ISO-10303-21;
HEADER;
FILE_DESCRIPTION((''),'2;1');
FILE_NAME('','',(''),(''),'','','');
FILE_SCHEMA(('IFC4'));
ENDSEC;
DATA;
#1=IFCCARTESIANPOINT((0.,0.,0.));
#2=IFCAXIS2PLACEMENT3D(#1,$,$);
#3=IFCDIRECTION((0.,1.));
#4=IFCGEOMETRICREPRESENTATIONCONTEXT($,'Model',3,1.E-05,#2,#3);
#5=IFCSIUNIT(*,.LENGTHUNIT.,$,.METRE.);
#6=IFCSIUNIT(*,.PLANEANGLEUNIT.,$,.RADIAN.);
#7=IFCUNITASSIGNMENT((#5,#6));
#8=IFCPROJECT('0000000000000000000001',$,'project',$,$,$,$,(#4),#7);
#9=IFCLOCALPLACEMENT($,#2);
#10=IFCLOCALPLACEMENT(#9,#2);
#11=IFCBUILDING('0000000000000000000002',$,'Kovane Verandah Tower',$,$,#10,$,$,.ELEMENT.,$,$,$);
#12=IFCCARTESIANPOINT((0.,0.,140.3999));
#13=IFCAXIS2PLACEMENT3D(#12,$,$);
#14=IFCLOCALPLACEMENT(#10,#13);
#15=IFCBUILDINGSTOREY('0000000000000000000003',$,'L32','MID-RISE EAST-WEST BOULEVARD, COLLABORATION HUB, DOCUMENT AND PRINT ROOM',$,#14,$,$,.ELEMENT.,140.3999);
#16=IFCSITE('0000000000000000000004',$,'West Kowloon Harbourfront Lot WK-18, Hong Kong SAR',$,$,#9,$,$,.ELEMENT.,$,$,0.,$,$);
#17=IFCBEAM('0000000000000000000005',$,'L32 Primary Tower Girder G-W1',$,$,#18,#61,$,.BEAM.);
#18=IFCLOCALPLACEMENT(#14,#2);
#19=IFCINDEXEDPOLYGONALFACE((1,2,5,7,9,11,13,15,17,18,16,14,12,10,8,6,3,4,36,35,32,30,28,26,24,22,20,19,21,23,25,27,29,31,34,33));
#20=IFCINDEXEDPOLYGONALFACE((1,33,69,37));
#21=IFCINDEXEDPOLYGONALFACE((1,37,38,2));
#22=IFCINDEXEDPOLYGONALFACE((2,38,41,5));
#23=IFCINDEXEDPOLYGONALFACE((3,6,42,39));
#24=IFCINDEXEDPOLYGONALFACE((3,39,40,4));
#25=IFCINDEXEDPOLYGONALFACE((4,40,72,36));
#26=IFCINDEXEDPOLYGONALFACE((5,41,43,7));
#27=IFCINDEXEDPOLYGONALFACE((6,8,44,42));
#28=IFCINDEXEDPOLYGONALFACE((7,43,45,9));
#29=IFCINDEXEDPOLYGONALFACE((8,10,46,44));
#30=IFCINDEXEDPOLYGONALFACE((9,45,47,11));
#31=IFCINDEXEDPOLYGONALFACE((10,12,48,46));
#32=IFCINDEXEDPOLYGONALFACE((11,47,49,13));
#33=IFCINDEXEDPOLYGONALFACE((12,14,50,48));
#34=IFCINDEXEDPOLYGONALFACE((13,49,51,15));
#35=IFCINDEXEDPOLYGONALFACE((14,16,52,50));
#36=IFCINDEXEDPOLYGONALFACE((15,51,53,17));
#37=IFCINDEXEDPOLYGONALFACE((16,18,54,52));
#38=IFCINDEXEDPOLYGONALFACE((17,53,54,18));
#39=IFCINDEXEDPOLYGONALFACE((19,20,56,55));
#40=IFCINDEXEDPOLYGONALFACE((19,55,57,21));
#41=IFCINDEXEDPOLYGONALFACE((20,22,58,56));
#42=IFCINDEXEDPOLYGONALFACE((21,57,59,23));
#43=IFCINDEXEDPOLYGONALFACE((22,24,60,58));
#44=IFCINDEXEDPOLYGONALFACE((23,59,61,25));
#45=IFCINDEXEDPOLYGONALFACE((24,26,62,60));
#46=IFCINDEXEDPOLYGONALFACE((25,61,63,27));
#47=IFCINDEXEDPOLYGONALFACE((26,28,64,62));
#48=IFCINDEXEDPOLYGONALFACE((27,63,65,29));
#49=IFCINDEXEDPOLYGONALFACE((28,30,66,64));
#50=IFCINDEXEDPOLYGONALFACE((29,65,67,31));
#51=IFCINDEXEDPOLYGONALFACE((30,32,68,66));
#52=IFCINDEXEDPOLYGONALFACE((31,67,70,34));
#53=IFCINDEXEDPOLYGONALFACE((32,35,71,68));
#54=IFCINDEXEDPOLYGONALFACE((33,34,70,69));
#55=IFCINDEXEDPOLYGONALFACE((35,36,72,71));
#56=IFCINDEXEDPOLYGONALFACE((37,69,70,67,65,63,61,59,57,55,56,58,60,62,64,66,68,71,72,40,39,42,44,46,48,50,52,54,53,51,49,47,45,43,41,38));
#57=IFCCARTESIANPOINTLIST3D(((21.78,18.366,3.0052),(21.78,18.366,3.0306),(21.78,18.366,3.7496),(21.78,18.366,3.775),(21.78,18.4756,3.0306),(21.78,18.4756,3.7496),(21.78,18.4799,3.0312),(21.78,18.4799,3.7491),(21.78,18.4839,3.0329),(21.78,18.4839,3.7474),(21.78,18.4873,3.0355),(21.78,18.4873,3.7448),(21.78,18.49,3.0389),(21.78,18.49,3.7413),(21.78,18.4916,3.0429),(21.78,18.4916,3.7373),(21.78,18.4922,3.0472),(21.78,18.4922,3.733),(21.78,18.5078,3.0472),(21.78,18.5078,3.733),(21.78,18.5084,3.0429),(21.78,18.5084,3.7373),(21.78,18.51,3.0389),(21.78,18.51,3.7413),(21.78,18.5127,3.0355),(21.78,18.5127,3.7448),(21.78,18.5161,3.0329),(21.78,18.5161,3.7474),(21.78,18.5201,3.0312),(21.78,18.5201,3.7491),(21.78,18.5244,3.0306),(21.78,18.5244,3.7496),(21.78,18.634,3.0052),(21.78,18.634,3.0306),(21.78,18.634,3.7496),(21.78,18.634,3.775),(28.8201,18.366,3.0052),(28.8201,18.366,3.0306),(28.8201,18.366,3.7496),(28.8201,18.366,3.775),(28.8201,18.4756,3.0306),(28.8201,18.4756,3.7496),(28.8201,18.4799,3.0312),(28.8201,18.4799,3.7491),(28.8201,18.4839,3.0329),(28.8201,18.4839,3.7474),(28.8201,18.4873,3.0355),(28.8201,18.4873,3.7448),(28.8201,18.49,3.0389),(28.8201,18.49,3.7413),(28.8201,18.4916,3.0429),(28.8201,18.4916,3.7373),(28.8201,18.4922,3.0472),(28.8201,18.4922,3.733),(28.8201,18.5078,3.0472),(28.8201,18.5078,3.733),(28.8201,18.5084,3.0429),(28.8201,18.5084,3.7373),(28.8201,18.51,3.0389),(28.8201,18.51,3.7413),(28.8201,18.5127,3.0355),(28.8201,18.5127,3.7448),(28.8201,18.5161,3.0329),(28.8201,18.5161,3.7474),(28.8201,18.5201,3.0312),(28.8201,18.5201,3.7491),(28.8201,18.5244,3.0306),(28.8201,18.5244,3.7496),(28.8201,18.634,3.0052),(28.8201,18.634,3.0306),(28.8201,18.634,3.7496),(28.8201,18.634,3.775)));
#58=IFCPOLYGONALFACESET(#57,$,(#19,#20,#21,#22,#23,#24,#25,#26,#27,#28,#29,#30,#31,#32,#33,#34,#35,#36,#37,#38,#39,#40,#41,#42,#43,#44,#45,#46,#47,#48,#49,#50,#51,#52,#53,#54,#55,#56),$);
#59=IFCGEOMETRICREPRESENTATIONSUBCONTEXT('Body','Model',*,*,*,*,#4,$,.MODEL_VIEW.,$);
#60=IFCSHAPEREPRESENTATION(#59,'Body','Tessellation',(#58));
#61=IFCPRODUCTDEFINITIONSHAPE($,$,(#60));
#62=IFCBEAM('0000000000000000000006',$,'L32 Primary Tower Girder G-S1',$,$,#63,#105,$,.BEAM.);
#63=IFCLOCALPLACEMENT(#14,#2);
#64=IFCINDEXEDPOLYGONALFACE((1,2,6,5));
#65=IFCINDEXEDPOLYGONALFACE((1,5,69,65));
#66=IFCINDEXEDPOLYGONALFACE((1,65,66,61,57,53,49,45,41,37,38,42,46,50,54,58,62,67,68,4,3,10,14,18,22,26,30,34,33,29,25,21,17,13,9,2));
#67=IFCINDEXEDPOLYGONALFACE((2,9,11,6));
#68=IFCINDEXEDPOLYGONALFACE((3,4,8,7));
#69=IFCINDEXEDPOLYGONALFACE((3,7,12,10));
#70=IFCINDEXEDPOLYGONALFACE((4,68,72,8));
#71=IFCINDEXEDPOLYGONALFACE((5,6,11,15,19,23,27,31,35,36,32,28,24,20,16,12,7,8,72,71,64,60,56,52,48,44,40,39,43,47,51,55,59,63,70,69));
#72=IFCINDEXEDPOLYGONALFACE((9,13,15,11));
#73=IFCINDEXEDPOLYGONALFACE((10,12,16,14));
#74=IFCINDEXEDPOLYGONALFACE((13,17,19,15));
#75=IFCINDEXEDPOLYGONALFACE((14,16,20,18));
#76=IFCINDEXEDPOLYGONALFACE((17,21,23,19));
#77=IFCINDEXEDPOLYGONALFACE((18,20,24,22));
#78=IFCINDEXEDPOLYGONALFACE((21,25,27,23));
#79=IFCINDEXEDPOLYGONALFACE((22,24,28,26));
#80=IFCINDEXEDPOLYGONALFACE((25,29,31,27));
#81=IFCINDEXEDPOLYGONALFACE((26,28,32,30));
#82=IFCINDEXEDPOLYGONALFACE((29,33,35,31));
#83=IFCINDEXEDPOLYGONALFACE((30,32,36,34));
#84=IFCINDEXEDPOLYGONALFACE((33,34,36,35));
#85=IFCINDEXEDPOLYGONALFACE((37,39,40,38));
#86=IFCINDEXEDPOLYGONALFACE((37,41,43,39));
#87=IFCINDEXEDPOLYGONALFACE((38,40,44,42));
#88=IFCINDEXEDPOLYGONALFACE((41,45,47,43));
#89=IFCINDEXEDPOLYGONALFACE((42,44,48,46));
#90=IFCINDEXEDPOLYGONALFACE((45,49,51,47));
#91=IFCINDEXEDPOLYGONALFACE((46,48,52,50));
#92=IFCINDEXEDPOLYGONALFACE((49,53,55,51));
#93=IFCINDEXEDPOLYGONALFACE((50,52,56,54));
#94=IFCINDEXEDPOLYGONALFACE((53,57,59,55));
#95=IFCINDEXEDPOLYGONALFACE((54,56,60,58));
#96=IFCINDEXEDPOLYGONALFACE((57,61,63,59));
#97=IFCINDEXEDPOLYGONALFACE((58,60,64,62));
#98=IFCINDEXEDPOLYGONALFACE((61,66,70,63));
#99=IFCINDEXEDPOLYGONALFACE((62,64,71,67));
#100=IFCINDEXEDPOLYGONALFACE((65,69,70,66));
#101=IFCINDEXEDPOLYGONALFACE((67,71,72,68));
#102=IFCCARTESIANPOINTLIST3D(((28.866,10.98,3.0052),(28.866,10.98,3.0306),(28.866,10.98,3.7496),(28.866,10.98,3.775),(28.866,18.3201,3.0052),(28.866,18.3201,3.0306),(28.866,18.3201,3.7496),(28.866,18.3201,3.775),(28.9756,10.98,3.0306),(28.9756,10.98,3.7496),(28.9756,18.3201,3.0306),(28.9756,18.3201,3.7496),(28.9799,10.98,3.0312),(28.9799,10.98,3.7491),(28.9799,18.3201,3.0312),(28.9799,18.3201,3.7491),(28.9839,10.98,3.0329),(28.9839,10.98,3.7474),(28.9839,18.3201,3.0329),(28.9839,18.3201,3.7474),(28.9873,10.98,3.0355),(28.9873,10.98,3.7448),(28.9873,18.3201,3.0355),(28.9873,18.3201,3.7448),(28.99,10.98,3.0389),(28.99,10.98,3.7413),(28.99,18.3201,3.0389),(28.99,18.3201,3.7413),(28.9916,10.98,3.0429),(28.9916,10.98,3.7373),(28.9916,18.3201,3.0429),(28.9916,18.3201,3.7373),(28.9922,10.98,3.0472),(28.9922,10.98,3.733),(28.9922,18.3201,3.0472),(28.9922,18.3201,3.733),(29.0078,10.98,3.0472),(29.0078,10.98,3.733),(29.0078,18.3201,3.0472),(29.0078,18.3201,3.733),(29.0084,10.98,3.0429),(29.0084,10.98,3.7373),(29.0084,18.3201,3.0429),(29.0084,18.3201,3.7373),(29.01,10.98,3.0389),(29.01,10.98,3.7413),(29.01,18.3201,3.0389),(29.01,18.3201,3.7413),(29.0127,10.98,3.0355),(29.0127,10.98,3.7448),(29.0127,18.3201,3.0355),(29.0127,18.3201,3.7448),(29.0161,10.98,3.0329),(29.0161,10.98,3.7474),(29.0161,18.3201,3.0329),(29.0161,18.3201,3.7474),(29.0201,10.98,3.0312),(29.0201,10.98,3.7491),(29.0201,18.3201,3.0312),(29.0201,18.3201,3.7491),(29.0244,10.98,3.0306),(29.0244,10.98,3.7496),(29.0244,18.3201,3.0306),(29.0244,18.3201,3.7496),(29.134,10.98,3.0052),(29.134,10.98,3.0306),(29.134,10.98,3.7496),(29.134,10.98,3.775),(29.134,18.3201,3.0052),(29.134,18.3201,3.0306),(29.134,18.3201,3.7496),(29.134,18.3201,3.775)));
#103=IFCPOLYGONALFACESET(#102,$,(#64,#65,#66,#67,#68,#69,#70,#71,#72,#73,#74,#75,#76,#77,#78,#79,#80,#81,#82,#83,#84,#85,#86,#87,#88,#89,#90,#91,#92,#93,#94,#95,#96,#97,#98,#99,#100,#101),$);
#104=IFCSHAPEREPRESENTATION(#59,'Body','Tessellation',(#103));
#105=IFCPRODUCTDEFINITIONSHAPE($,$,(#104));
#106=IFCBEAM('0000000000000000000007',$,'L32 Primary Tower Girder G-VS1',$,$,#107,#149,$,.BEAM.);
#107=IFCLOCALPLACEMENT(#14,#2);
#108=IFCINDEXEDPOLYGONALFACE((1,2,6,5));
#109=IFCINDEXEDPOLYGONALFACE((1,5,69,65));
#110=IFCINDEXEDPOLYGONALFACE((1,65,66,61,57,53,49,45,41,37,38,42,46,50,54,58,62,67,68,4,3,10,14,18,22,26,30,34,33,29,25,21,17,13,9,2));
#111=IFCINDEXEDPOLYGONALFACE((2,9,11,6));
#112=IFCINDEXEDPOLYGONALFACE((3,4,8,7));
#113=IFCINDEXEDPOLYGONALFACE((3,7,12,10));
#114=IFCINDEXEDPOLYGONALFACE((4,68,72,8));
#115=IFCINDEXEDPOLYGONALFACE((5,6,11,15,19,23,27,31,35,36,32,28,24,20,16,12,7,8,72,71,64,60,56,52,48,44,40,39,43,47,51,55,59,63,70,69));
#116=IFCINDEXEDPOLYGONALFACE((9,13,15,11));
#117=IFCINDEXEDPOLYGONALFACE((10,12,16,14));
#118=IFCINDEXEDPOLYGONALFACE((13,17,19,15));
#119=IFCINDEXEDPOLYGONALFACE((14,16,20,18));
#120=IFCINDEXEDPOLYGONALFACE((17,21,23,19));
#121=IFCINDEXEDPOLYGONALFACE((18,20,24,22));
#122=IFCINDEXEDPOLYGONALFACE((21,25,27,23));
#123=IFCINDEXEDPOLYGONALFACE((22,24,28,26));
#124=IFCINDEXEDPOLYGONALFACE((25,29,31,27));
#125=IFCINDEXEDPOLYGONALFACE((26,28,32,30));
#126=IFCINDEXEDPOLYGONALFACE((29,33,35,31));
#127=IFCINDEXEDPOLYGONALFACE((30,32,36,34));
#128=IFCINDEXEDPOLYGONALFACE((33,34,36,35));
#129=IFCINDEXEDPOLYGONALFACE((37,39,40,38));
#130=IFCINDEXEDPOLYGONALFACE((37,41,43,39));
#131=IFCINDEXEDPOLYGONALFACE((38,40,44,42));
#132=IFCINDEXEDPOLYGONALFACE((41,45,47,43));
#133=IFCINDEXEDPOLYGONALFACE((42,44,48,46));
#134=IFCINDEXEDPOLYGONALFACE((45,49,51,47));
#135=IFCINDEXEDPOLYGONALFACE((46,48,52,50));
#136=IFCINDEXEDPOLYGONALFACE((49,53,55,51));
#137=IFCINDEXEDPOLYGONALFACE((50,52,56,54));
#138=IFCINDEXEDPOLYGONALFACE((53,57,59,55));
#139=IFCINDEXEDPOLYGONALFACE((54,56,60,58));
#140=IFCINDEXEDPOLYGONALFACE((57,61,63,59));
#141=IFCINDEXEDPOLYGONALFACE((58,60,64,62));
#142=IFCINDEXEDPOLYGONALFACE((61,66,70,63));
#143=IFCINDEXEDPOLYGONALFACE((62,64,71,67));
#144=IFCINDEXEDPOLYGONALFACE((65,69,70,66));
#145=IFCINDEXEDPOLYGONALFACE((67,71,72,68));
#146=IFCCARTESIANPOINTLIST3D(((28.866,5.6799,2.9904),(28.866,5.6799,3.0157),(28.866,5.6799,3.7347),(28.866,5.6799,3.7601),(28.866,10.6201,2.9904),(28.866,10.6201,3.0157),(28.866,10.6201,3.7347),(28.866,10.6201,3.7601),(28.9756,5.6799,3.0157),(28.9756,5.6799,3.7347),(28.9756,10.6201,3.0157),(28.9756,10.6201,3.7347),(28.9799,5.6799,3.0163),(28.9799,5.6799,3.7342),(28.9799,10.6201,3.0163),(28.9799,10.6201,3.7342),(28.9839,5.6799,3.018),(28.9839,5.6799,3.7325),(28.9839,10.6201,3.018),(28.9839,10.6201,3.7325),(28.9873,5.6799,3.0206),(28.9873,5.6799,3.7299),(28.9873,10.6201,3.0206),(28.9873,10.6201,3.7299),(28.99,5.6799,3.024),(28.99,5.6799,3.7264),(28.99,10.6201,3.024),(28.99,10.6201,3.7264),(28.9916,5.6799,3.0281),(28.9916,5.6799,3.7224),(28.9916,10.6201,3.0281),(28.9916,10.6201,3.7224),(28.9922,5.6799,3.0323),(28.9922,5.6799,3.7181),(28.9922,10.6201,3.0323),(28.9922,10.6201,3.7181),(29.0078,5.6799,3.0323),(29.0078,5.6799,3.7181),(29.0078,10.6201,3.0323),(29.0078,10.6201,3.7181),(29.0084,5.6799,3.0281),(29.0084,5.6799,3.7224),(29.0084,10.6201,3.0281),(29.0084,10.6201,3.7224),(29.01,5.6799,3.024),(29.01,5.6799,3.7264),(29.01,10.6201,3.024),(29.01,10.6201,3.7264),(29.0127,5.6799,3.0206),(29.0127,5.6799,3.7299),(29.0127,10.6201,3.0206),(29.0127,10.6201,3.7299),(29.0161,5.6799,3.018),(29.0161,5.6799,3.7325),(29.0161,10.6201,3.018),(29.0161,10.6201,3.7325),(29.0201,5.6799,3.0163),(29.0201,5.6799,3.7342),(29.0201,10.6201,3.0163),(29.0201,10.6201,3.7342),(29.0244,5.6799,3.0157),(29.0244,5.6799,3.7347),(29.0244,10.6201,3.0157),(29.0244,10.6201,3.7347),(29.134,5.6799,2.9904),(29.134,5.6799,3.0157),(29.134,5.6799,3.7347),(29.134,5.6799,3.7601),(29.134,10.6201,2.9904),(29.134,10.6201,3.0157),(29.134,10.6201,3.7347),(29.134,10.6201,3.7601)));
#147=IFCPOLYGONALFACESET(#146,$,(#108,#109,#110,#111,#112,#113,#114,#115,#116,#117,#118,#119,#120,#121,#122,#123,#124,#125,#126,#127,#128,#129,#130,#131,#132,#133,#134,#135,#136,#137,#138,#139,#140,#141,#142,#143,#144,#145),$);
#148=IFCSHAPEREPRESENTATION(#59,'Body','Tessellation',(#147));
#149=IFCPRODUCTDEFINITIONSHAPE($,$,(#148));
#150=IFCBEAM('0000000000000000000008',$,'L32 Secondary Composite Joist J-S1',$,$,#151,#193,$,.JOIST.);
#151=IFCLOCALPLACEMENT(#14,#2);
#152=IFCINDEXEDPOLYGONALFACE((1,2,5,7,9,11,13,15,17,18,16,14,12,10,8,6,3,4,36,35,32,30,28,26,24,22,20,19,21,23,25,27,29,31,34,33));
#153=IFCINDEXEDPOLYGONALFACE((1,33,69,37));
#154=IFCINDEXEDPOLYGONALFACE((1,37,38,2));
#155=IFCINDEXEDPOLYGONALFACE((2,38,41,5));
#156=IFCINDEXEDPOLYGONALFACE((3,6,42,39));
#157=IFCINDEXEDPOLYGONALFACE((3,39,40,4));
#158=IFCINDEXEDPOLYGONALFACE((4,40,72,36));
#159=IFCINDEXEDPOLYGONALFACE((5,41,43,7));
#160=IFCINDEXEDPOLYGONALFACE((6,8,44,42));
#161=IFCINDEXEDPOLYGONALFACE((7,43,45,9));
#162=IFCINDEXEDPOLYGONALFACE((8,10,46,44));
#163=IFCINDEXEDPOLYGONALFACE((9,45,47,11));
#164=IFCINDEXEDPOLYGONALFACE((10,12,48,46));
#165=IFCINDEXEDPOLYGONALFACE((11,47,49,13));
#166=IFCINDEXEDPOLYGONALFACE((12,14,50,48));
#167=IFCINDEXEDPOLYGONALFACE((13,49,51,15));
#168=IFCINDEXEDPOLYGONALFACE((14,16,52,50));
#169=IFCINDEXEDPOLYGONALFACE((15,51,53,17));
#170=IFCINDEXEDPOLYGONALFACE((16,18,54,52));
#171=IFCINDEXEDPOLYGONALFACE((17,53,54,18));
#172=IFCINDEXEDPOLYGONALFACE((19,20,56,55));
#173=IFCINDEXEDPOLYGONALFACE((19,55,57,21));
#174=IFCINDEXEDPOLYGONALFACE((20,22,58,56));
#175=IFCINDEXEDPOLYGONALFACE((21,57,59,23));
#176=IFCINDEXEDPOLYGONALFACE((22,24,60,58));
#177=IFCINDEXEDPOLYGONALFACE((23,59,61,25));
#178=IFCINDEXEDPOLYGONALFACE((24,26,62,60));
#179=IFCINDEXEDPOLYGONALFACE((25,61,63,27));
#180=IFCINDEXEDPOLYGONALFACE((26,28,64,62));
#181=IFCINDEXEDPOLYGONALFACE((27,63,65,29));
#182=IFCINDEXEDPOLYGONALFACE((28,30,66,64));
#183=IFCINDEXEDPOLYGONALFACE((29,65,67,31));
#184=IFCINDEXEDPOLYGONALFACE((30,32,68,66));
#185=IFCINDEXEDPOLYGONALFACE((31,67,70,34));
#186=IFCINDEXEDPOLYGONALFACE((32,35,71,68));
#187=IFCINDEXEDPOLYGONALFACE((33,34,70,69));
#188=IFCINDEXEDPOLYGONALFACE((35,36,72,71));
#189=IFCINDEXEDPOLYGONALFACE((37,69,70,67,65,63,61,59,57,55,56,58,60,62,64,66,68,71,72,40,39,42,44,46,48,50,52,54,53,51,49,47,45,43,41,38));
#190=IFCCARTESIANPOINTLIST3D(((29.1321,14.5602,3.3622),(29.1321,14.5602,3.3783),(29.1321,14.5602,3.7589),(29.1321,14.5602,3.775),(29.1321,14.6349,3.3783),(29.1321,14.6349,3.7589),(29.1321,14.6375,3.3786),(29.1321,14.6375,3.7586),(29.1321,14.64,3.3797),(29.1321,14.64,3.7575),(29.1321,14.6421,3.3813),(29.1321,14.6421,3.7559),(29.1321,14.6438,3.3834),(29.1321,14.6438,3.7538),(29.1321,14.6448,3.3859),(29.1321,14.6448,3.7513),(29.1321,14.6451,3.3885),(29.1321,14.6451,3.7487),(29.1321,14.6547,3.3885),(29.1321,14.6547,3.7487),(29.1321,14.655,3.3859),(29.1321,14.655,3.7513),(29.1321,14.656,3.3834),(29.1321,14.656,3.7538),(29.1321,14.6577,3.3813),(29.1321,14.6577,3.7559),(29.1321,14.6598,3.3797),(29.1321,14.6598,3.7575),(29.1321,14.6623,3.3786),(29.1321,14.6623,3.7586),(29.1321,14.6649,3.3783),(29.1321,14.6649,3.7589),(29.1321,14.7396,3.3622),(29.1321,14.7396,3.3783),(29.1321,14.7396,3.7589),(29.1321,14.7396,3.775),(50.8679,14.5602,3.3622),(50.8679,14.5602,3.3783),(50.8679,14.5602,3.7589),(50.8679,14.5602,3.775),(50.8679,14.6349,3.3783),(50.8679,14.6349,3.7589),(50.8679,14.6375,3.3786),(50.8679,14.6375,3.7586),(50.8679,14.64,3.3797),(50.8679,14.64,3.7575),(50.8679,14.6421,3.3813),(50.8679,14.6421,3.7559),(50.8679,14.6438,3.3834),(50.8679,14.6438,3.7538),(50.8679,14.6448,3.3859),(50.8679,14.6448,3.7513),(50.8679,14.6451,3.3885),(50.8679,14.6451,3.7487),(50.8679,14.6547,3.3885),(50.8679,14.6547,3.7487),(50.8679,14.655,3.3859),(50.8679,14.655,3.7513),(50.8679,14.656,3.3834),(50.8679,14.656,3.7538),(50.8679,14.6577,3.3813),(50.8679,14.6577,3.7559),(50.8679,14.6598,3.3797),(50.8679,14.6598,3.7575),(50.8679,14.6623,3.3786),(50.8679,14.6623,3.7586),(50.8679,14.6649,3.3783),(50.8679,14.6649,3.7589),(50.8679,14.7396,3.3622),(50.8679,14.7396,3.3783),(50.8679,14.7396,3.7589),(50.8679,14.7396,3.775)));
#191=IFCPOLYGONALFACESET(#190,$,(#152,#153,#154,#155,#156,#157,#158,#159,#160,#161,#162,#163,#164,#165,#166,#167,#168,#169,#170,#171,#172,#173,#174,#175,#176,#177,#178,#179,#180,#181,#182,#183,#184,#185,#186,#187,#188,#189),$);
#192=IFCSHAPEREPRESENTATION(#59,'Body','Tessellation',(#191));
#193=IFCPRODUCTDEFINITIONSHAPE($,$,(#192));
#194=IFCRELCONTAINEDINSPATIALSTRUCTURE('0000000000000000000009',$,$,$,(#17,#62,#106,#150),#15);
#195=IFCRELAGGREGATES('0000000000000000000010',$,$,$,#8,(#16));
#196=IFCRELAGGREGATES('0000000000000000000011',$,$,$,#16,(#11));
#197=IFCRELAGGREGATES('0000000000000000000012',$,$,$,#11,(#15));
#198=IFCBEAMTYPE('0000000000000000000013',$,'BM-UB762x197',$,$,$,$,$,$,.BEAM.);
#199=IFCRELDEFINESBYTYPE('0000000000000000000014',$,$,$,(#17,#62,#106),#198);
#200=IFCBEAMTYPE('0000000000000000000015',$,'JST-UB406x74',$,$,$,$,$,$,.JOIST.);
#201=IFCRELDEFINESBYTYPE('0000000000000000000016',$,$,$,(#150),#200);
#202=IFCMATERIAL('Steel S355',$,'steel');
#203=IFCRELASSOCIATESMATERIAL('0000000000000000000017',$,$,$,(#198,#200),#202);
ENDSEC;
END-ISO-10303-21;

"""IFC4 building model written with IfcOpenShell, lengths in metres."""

from ifc_helpers import new_model, si_unit, direction, frame, origin, origin_2d, place, context, subcontext, project, spatial, i_section, extrude, material, material_profile, profile_set, type_object, element, save


model = new_model("IFC4")

# Units and contexts
model_context = context("Model", 3, precision=1e-05, world=origin(), true_north=direction((0.0, 1.0)))
body_context = subcontext(model_context, "Body", "Model", "MODEL_VIEW")
ifc_project = project(units=[si_unit("LENGTHUNIT", "METRE"), si_unit("PLANEANGLEUNIT", "RADIAN")], contexts=[model_context])

# Site, building, storey
site_placement = place(None, origin())
site = spatial("IfcSite", under=ifc_project, at=site_placement, Name="West Kowloon Harbourfront Lot WK-18, Hong Kong SAR", CompositionType="ELEMENT", RefElevation=0.0)
building_placement = place(site_placement, origin())
building = spatial("IfcBuilding", under=site, at=building_placement, Name="Kovane Verandah Tower", CompositionType="ELEMENT")
storey_placement = place(building_placement, frame((0.0, 0.0, 140.3999)))
storey = spatial("IfcBuildingStorey", under=building, at=storey_placement, Name="L32", Description="MID-RISE EAST-WEST BOULEVARD, COLLABORATION HUB, DOCUMENT AND PRINT ROOM", CompositionType="ELEMENT", Elevation=140.3999)

# Beams
ifc_material_1 = material(Name="Steel S355", Category="steel")
ifc_material_profile_1 = material_profile(ifc_material_1, i_section(OverallWidth=0.2681, OverallDepth=0.7698, WebThickness=0.0156, FlangeThickness=0.0254, FilletRadius=0.0166, at=origin_2d()), Name="UB762x267x197")
ifc_profile_set_1 = profile_set([ifc_material_profile_1], Name="Steel S355")
beam_type_1 = type_object("IfcBeamType", Name="BM-UB762x197", PredefinedType="BEAM", material=ifc_profile_set_1)
for number, where, z_axis, x_axis, name in (
    (1, (28.8201, 18.5, 3.3901), (-1.0, 0.0, 0.0), (0.0, -1.0, 0.0), "L32 Primary Tower Girder G-W1"),
):
    element("IfcBeam", number, at=place(storey_placement, frame(where, z_axis=z_axis, x_axis=x_axis)), inside=storey, type_object=beam_type_1, Name=name, PredefinedType="BEAM", context=body_context, shape_type="SweptSolid", body=[
        extrude(i_section(OverallWidth=0.2681, OverallDepth=0.7698, WebThickness=0.0156, FlangeThickness=0.0254, FilletRadius=0.0166, at=origin_2d()), origin(), (0.0, 0.0, 1.0), 7.04),
    ])
beam_1_placement = place(storey_placement, frame((29.0, 18.3201, 3.3901), z_axis=(0.0, -1.0, 0.0), x_axis=(1.0, 0.0, 0.0)))
element("IfcBeam", 2, at=beam_1_placement, inside=storey, type_object=beam_type_1, Name="L32 Primary Tower Girder G-S1", PredefinedType="BEAM", context=body_context, shape_type="SweptSolid", body=[
    extrude(i_section(OverallWidth=0.2681, OverallDepth=0.7698, WebThickness=0.0156, FlangeThickness=0.0254, FilletRadius=0.0166, at=origin_2d()), origin(), (0.0, 0.0, 1.0), 7.3401),
])
beam_2_placement = place(storey_placement, frame((29.0, 10.6201, 3.3752), z_axis=(0.0, -1.0, 0.0), x_axis=(1.0, 0.0, 0.0)))
element("IfcBeam", 3, at=beam_2_placement, inside=storey, type_object=beam_type_1, Name="L32 Primary Tower Girder G-VS1", PredefinedType="BEAM", context=body_context, shape_type="SweptSolid", body=[
    extrude(i_section(OverallWidth=0.2681, OverallDepth=0.7698, WebThickness=0.0156, FlangeThickness=0.0254, FilletRadius=0.0166, at=origin_2d()), origin(), (0.0, 0.0, 1.0), 4.9402),
])
ifc_material_profile_2 = material_profile(ifc_material_1, i_section(OverallWidth=0.1794, OverallDepth=0.4128, WebThickness=0.0095, FlangeThickness=0.0161, FilletRadius=0.0103, at=origin_2d()), Name="UB406x178x74")
ifc_profile_set_2 = profile_set([ifc_material_profile_2], Name="Steel S355")
beam_type_2 = type_object("IfcBeamType", Name="JST-UB406x74", PredefinedType="JOIST", material=ifc_profile_set_2)
beam_3_placement = place(storey_placement, frame((29.1321, 14.6499, 3.5686), z_axis=(1.0, 0.0, 0.0), x_axis=(0.0, 1.0, 0.0)))
element("IfcBeam", 4, at=beam_3_placement, inside=storey, type_object=beam_type_2, Name="L32 Secondary Composite Joist J-S1", PredefinedType="JOIST", context=body_context, shape_type="SweptSolid", body=[
    extrude(i_section(OverallWidth=0.1794, OverallDepth=0.4128, WebThickness=0.0095, FlangeThickness=0.0161, FilletRadius=0.0103, at=origin_2d()), origin(), (0.0, 0.0, 1.0), 21.7358),
])

save(model, "model.ifc")
